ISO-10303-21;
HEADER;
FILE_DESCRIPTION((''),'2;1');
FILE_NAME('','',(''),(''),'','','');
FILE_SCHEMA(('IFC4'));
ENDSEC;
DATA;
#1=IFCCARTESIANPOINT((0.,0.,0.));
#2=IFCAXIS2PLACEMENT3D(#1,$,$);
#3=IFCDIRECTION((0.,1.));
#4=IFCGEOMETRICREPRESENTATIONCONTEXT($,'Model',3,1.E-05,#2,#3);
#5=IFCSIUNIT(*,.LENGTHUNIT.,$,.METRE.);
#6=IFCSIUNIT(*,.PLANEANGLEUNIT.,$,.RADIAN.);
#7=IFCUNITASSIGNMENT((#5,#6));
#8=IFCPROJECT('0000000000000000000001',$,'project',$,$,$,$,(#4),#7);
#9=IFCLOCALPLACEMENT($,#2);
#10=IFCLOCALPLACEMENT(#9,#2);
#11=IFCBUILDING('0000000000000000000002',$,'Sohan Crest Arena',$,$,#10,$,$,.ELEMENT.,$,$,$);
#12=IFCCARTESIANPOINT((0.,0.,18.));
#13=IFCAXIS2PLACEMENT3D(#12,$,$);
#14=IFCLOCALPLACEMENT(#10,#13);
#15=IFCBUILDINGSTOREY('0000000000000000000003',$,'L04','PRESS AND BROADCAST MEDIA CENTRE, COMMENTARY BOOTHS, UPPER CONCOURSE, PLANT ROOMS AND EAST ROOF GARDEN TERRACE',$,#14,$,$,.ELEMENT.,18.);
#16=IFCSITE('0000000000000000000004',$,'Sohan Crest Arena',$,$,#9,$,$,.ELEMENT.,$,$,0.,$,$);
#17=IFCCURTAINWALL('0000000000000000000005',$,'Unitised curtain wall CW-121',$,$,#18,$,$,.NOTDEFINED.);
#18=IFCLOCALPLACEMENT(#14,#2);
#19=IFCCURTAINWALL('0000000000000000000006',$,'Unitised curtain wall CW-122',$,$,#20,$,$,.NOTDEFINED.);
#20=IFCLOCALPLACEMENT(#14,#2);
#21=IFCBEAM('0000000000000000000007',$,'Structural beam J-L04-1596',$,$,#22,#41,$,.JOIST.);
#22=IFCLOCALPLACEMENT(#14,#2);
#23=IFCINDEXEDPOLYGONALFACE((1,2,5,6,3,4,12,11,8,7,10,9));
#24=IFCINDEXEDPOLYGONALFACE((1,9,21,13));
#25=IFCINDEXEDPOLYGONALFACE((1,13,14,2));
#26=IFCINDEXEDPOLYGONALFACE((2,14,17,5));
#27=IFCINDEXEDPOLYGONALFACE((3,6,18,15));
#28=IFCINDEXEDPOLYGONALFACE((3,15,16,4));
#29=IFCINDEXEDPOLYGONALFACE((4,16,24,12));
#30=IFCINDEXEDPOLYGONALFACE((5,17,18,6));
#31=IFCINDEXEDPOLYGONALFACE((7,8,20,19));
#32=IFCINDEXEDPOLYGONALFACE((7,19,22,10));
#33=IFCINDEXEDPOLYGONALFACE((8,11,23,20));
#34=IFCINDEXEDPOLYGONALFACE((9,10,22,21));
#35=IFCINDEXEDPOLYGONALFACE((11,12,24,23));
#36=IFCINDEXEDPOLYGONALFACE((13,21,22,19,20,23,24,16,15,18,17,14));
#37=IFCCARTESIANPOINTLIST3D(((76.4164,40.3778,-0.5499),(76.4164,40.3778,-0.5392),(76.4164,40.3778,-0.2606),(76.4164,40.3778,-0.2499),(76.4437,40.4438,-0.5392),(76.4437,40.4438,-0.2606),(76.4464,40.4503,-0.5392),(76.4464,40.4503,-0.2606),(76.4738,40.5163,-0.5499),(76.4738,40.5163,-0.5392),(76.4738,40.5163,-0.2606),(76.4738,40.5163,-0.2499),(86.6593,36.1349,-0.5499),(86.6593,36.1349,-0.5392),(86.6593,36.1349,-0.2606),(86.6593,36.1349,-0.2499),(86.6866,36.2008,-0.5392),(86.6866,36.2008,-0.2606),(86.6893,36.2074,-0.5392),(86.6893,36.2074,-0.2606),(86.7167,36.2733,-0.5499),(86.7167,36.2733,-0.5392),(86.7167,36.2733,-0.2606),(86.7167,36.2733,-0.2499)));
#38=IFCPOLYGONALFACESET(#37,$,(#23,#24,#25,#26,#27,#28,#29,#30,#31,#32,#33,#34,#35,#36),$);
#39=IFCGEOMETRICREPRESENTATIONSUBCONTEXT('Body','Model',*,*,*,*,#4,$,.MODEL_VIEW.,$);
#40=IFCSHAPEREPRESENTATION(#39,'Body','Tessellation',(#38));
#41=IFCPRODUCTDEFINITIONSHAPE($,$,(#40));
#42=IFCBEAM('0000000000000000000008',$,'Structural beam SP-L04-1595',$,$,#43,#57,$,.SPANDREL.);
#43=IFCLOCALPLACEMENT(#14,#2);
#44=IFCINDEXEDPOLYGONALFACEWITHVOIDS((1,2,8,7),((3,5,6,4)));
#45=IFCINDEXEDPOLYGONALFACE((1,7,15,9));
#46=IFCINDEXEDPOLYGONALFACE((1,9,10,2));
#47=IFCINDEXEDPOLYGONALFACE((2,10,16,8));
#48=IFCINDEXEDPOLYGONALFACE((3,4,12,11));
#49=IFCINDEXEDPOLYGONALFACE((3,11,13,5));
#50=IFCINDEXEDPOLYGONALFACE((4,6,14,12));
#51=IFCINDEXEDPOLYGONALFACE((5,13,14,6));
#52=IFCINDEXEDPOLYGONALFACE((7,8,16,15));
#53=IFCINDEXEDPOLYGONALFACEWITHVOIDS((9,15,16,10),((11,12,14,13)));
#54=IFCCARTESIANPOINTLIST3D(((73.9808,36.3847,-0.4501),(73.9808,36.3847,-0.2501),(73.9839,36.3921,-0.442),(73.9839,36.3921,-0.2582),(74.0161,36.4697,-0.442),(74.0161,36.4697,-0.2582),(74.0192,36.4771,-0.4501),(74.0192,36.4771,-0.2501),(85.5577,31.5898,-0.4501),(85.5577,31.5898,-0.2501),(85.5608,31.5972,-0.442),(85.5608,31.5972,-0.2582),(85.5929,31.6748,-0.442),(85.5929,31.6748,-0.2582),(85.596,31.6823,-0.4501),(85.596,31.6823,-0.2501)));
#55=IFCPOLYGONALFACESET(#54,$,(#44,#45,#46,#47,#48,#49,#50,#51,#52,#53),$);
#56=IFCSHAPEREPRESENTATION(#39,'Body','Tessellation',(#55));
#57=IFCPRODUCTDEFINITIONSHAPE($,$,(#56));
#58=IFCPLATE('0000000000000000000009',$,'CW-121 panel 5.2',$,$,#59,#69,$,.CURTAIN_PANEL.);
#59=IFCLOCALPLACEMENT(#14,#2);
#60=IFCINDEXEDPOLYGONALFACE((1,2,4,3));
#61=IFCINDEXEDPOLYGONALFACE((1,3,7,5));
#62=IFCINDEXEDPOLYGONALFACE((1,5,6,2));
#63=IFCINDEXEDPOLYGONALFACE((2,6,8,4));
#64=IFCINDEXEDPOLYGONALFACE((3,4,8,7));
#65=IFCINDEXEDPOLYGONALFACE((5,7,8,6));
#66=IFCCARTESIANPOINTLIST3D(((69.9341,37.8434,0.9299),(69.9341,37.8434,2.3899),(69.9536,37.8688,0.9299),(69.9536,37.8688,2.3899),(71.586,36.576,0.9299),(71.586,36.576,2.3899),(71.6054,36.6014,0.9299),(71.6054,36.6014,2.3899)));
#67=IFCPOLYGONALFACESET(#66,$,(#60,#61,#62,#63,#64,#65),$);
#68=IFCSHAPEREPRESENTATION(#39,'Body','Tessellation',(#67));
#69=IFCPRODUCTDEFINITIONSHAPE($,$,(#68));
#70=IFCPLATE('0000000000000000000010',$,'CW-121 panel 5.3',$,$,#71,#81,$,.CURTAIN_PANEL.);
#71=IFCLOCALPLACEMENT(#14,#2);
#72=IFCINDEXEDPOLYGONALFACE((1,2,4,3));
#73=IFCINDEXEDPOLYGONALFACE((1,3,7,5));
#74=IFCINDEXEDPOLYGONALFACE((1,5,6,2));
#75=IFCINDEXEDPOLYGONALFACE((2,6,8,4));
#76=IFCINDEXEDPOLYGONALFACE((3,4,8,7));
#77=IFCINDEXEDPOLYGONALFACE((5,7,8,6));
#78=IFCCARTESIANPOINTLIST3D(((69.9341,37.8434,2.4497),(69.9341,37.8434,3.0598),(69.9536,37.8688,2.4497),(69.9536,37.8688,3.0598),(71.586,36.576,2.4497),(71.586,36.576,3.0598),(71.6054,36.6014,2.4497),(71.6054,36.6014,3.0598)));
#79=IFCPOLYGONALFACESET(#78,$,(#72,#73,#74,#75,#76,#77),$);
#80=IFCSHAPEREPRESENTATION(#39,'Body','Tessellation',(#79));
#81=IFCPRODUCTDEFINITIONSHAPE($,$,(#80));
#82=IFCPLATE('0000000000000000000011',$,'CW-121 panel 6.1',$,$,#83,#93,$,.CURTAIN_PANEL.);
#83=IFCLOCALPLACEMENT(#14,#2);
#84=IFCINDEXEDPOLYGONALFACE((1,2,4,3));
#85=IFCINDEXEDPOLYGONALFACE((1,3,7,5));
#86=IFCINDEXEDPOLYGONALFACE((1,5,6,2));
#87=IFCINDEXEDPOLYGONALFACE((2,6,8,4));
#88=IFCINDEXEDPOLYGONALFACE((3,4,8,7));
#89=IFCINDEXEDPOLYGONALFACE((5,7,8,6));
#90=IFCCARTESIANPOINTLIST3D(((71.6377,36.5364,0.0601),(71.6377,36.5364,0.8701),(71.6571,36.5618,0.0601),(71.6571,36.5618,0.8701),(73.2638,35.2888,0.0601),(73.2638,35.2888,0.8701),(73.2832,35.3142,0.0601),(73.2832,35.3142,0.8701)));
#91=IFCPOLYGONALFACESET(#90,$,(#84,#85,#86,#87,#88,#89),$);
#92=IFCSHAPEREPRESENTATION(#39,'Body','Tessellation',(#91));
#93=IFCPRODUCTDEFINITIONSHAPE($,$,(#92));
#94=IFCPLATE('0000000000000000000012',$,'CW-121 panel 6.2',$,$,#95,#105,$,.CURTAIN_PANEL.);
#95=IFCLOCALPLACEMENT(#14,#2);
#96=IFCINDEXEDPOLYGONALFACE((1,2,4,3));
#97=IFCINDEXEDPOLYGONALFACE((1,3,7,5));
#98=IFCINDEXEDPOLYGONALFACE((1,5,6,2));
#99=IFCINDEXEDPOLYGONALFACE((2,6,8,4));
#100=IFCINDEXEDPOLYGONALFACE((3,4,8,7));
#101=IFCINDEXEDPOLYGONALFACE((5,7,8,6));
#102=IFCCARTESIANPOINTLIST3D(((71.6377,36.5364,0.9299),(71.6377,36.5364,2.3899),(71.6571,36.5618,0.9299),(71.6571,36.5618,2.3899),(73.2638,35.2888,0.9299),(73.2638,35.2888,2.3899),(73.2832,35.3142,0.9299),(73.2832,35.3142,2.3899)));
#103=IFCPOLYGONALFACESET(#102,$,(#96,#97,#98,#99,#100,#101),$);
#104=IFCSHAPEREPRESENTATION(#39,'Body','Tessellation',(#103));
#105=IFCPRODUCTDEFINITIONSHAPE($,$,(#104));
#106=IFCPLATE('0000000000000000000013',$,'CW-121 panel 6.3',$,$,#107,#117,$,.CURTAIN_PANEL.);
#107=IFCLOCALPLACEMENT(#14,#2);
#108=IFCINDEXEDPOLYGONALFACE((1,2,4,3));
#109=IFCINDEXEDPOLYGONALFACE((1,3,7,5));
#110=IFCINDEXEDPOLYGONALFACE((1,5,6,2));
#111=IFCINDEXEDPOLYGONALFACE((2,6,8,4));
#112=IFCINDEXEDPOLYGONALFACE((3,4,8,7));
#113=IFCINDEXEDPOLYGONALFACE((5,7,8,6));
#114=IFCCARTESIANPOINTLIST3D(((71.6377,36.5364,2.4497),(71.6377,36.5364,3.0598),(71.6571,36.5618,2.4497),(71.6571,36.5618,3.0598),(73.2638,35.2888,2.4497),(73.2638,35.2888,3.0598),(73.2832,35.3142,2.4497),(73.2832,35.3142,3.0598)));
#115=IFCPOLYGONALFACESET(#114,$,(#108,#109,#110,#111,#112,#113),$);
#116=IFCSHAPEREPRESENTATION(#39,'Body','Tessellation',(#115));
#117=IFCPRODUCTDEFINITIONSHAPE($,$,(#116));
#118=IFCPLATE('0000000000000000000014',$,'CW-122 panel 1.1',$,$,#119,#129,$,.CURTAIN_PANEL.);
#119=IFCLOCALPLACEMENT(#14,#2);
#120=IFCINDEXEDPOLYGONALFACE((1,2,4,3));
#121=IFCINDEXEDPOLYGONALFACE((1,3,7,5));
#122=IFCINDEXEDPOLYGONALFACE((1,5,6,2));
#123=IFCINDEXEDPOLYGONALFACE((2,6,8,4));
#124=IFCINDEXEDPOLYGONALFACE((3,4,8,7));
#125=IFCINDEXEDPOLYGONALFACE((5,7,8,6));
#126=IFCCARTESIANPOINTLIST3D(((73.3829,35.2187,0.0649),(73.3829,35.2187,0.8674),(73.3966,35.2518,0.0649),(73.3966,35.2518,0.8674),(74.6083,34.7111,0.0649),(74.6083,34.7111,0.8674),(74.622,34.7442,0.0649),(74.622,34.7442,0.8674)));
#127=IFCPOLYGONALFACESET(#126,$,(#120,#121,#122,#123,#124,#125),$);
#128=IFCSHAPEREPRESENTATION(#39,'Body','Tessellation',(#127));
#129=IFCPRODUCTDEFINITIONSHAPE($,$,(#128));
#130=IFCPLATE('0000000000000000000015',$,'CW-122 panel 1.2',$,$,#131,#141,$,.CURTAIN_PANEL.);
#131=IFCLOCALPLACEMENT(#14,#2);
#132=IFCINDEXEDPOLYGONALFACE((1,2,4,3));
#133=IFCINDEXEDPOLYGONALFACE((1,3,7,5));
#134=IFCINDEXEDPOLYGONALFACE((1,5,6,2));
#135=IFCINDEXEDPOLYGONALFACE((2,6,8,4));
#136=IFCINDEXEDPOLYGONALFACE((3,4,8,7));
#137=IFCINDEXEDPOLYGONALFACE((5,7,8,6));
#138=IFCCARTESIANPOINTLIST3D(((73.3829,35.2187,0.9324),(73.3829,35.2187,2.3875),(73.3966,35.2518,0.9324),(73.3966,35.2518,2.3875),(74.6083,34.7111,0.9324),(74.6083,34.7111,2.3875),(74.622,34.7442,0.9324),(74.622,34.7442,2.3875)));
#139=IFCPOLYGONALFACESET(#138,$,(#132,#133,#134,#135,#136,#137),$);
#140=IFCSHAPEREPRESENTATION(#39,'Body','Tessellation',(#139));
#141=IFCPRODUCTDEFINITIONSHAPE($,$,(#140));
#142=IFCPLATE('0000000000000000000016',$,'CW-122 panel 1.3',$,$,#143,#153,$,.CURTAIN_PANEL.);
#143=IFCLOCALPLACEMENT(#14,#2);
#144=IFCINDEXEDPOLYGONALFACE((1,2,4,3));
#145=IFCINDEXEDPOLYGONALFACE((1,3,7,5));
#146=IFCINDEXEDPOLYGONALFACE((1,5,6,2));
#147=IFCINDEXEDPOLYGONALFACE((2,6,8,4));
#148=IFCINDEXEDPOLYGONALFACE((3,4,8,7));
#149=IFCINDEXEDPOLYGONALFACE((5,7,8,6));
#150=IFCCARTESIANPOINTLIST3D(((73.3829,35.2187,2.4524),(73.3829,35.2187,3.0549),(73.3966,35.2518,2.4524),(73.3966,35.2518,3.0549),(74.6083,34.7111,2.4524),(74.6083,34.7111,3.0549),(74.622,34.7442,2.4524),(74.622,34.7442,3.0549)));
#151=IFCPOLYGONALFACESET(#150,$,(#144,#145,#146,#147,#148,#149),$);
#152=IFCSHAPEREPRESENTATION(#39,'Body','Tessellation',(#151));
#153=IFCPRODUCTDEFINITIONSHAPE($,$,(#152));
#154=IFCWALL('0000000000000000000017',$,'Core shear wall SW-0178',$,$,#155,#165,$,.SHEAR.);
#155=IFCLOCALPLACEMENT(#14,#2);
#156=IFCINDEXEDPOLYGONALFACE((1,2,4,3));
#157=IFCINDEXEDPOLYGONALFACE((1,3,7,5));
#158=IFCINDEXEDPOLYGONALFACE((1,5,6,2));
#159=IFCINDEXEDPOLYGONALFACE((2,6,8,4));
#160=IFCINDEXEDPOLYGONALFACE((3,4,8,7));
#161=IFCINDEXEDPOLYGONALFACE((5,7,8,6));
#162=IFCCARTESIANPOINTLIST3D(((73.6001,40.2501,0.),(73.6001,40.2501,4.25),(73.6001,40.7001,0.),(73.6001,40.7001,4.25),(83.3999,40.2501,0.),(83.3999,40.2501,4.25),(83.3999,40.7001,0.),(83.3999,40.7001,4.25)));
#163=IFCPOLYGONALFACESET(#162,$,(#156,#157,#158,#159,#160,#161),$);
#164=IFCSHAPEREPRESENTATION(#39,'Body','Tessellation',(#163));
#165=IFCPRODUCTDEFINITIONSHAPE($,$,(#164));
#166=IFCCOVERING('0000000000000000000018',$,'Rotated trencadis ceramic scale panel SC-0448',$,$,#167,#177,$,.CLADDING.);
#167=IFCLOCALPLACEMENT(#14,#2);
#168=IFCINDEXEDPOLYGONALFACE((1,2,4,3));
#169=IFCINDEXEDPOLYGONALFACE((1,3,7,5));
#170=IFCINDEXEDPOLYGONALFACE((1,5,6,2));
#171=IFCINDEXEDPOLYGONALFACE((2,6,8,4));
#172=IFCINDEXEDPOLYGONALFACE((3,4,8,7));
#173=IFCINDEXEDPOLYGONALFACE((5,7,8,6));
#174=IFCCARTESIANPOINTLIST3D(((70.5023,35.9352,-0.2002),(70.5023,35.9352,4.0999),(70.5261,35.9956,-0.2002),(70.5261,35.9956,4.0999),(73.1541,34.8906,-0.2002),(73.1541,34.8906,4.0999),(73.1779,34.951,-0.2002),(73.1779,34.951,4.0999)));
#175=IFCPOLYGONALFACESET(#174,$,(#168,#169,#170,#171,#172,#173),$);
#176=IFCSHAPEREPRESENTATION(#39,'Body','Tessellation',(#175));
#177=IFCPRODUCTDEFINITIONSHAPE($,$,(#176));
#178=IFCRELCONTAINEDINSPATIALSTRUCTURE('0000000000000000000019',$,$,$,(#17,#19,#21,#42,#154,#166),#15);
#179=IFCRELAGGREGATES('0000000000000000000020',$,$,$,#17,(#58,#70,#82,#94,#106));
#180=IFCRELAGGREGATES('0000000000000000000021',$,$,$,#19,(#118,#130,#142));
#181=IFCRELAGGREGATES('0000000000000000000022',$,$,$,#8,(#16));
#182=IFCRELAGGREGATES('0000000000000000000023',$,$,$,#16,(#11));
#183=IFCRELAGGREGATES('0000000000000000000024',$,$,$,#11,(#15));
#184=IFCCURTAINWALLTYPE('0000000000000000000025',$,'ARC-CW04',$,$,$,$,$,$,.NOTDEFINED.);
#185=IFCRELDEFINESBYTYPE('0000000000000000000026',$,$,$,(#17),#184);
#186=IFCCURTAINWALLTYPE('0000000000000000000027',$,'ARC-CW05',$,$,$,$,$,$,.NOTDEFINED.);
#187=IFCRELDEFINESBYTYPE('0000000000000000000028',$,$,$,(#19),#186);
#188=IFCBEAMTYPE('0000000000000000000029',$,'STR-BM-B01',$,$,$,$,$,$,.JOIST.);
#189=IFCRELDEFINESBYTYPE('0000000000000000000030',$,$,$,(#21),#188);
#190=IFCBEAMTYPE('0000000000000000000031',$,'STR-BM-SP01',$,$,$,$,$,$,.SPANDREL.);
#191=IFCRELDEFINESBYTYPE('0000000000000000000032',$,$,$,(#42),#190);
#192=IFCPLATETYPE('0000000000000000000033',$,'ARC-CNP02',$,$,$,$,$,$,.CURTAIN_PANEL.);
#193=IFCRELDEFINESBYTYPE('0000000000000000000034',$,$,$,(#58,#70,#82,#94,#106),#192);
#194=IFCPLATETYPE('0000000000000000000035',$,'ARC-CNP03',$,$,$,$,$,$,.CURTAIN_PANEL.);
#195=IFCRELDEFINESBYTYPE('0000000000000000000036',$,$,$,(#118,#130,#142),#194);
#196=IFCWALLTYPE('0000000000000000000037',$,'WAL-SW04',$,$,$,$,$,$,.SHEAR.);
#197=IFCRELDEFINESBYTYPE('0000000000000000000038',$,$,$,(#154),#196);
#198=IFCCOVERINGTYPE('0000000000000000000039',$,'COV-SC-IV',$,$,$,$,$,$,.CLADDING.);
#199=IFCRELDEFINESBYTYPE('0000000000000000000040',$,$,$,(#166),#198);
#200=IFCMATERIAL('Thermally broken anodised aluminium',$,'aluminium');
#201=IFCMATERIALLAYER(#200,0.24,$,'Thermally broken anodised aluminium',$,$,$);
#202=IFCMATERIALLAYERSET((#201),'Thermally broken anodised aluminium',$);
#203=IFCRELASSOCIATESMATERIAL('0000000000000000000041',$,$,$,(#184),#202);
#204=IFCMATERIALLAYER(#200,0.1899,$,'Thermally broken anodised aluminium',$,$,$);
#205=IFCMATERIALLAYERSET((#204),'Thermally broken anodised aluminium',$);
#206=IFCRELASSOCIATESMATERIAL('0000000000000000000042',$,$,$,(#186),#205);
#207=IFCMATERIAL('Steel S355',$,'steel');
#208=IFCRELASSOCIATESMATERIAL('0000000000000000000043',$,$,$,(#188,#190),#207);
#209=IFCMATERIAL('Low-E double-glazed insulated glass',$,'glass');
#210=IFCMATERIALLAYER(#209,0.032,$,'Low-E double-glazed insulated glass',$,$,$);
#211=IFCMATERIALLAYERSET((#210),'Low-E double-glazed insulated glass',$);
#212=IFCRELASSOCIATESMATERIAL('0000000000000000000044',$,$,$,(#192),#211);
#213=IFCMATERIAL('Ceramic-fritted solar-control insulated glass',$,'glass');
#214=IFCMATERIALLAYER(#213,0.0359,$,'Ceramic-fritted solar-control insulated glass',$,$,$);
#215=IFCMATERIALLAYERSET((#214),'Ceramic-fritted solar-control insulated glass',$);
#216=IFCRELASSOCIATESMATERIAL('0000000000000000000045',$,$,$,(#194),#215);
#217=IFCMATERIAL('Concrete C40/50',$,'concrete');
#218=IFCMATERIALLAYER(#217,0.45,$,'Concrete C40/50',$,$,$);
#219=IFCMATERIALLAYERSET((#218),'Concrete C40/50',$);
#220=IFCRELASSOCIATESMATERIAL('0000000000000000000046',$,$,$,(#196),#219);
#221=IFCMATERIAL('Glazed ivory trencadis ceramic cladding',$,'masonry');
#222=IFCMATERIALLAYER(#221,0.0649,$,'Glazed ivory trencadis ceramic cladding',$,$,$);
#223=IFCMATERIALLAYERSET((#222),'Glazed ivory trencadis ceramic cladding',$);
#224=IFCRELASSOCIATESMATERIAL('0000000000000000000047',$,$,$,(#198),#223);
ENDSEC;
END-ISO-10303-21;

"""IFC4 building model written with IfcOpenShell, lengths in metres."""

from ifc_helpers import new_model, si_unit, direction, frame, frame_2d, origin, origin_2d, place, context, subcontext, project, spatial, rectangle, hollow_rectangle, i_section, extrude, material, layer, layer_set, material_profile, profile_set, type_object, element, aggregate, save


model = new_model("IFC4")

# Units and contexts
model_context = context("Model", 3, precision=1e-05, world=origin(), true_north=direction((0.0, 1.0)))
body_context = subcontext(model_context, "Body", "Model", "MODEL_VIEW")
ifc_project = project(units=[si_unit("LENGTHUNIT", "METRE"), si_unit("PLANEANGLEUNIT", "RADIAN")], contexts=[model_context])

# Site, building, storey
site_placement = place(None, origin())
site = spatial("IfcSite", under=ifc_project, at=site_placement, Name="Sohan Crest Arena", CompositionType="ELEMENT", RefElevation=0.0)
building_placement = place(site_placement, origin())
building = spatial("IfcBuilding", under=site, at=building_placement, Name="Sohan Crest Arena", CompositionType="ELEMENT")
storey_placement = place(building_placement, frame((0.0, 0.0, 18.0)))
storey = spatial("IfcBuildingStorey", under=building, at=storey_placement, Name="L04", Description="PRESS AND BROADCAST MEDIA CENTRE, COMMENTARY BOOTHS, UPPER CONCOURSE, PLANT ROOMS AND EAST ROOF GARDEN TERRACE", CompositionType="ELEMENT", Elevation=18.0)

# Shared definitions
ifc_material_1 = material(Name="Steel S355", Category="steel")

# Curtain walls
ifc_material_2 = material(Name="Thermally broken anodised aluminium", Category="aluminium")
ifc_layer_1 = layer(ifc_material_2, 0.24, Name="Thermally broken anodised aluminium")
ifc_layer_set_1 = layer_set([ifc_layer_1], Name="Thermally broken anodised aluminium")
curtain_wall_type_1 = type_object("IfcCurtainWallType", Name="ARC-CW04", PredefinedType="NOTDEFINED", material=ifc_layer_set_1)
curtain_wall_1_placement = place(storey_placement, origin())
curtain_wall_1 = element("IfcCurtainWall", 1, at=curtain_wall_1_placement, inside=storey, type_object=curtain_wall_type_1, Name="Unitised curtain wall CW-121", PredefinedType="NOTDEFINED")
ifc_layer_2 = layer(ifc_material_2, 0.1899, Name="Thermally broken anodised aluminium")
ifc_layer_set_2 = layer_set([ifc_layer_2], Name="Thermally broken anodised aluminium")
curtain_wall_type_2 = type_object("IfcCurtainWallType", Name="ARC-CW05", PredefinedType="NOTDEFINED", material=ifc_layer_set_2)
curtain_wall_2_placement = place(storey_placement, origin())
curtain_wall_2 = element("IfcCurtainWall", 2, at=curtain_wall_2_placement, inside=storey, type_object=curtain_wall_type_2, Name="Unitised curtain wall CW-122", PredefinedType="NOTDEFINED")

# Beams
ifc_material_profile_1 = material_profile(ifc_material_1, i_section(OverallWidth=0.1499, OverallDepth=0.3, WebThickness=0.0071, FlangeThickness=0.0107, at=origin_2d()), Name="IPE 300")
ifc_profile_set_1 = profile_set([ifc_material_profile_1], Name="Steel S355")
beam_type_1 = type_object("IfcBeamType", Name="STR-BM-B01", PredefinedType="JOIST", material=ifc_profile_set_1)
beam_1_placement = place(storey_placement, frame((76.4451, 40.447, -0.3999), z_axis=(0.923874, -0.382696, 0.0), x_axis=(0.382696, 0.923874, 0.0)))
element("IfcBeam", 3, at=beam_1_placement, inside=storey, type_object=beam_type_1, Name="Structural beam J-L04-1596", PredefinedType="JOIST", context=body_context, shape_type="SweptSolid", body=[
    extrude(i_section(OverallWidth=0.1499, OverallDepth=0.3, WebThickness=0.0071, FlangeThickness=0.0107, at=origin_2d()), origin(), (0.0, 0.0, 1.0), 11.0869),
])
ifc_material_profile_2 = material_profile(ifc_material_1, hollow_rectangle(XDim=0.1001, YDim=0.2, WallThickness=0.0081, at=origin_2d()), Name="RHS 200x100x8")
ifc_profile_set_2 = profile_set([ifc_material_profile_2], Name="Steel S355")
beam_type_2 = type_object("IfcBeamType", Name="STR-BM-SP01", PredefinedType="SPANDREL", material=ifc_profile_set_2)
beam_2_placement = place(storey_placement, frame((74.0, 36.4309, -0.3501), z_axis=(0.923891, -0.382657, 0.0), x_axis=(0.382657, 0.923891, 0.0)))
element("IfcBeam", 4, at=beam_2_placement, inside=storey, type_object=beam_type_2, Name="Structural beam SP-L04-1595", PredefinedType="SPANDREL", context=body_context, shape_type="SweptSolid", body=[
    extrude(hollow_rectangle(XDim=0.1001, YDim=0.2, WallThickness=0.0081, at=origin_2d()), origin(), (0.0, 0.0, 1.0), 12.5305),
])

# Plates
ifc_material_3 = material(Name="Low-E double-glazed insulated glass", Category="glass")
ifc_layer_3 = layer(ifc_material_3, 0.032, Name="Low-E double-glazed insulated glass")
ifc_layer_set_3 = layer_set([ifc_layer_3], Name="Low-E double-glazed insulated glass")
plate_type_1 = type_object("IfcPlateType", Name="ARC-CNP02", PredefinedType="CURTAIN_PANEL", material=ifc_layer_set_3)
plate_1_placement = place(storey_placement, frame((70.7698, 37.2224, 0.9299), z_axis=(0.0, 0.0, 1.0), x_axis=(0.793385, -0.60872, 0.0)))
plate_1 = element("IfcPlate", 5, at=plate_1_placement, type_object=plate_type_1, Name="CW-121 panel 5.2", PredefinedType="CURTAIN_PANEL", context=body_context, shape_type="SweptSolid", body=[
    extrude(rectangle(XDim=2.082, YDim=0.032, at=origin_2d()), origin(), (0.0, 0.0, 1.0), 1.46),
])
plate_2_placement = place(storey_placement, frame((70.7698, 37.2224, 2.4497), z_axis=(0.0, 0.0, 1.0), x_axis=(0.793385, -0.60872, 0.0)))
plate_2 = element("IfcPlate", 6, at=plate_2_placement, type_object=plate_type_1, Name="CW-121 panel 5.3", PredefinedType="CURTAIN_PANEL", context=body_context, shape_type="SweptSolid", body=[
    extrude(rectangle(XDim=2.082, YDim=0.032, at=origin_2d()), origin(), (0.0, 0.0, 1.0), 0.6101),
])
plate_3_placement = place(storey_placement, frame((72.4604, 35.9253, 0.0601), z_axis=(0.0, 0.0, 1.0), x_axis=(0.793385, -0.60872, 0.0)))
plate_3 = element("IfcPlate", 7, at=plate_3_placement, type_object=plate_type_1, Name="CW-121 panel 6.1", PredefinedType="CURTAIN_PANEL", context=body_context, shape_type="SweptSolid", body=[
    extrude(rectangle(XDim=2.0496, YDim=0.032, at=origin_2d()), origin(), (0.0, 0.0, 1.0), 0.8101),
])
plate_4_placement = place(storey_placement, frame((72.4604, 35.9253, 0.9299), z_axis=(0.0, 0.0, 1.0), x_axis=(0.793385, -0.60872, 0.0)))
plate_4 = element("IfcPlate", 8, at=plate_4_placement, type_object=plate_type_1, Name="CW-121 panel 6.2", PredefinedType="CURTAIN_PANEL", context=body_context, shape_type="SweptSolid", body=[
    extrude(rectangle(XDim=2.0496, YDim=0.032, at=origin_2d()), origin(), (0.0, 0.0, 1.0), 1.46),
])
plate_5_placement = place(storey_placement, frame((72.4604, 35.9253, 2.4497), z_axis=(0.0, 0.0, 1.0), x_axis=(0.793385, -0.60872, 0.0)))
plate_5 = element("IfcPlate", 9, at=plate_5_placement, type_object=plate_type_1, Name="CW-121 panel 6.3", PredefinedType="CURTAIN_PANEL", context=body_context, shape_type="SweptSolid", body=[
    extrude(rectangle(XDim=2.0496, YDim=0.032, at=origin_2d()), origin(), (0.0, 0.0, 1.0), 0.6101),
])
aggregate(curtain_wall_1, [plate_1, plate_2, plate_3, plate_4, plate_5])
ifc_material_4 = material(Name="Ceramic-fritted solar-control insulated glass", Category="glass")
ifc_layer_4 = layer(ifc_material_4, 0.0359, Name="Ceramic-fritted solar-control insulated glass")
ifc_layer_set_4 = layer_set([ifc_layer_4], Name="Ceramic-fritted solar-control insulated glass")
plate_type_2 = type_object("IfcPlateType", Name="ARC-CNP03", PredefinedType="CURTAIN_PANEL", material=ifc_layer_set_4)
plate_6_placement = place(storey_placement, frame((74.0024, 34.9814, 0.0649), z_axis=(0.0, 0.0, 1.0), x_axis=(0.923879, -0.382685, 0.0)))
plate_6 = element("IfcPlate", 10, at=plate_6_placement, type_object=plate_type_2, Name="CW-122 panel 1.1", PredefinedType="CURTAIN_PANEL", context=body_context, shape_type="SweptSolid", body=[
    extrude(rectangle(XDim=1.3264, YDim=0.0359, at=origin_2d()), origin(), (0.0, 0.0, 1.0), 0.8025),
])
plate_7_placement = place(storey_placement, frame((74.0024, 34.9814, 0.9324), z_axis=(0.0, 0.0, 1.0), x_axis=(0.923879, -0.382685, 0.0)))
plate_7 = element("IfcPlate", 11, at=plate_7_placement, type_object=plate_type_2, Name="CW-122 panel 1.2", PredefinedType="CURTAIN_PANEL", context=body_context, shape_type="SweptSolid", body=[
    extrude(rectangle(XDim=1.3264, YDim=0.0359, at=origin_2d()), origin(), (0.0, 0.0, 1.0), 1.4551),
])
plate_8_placement = place(storey_placement, frame((74.0024, 34.9814, 2.4524), z_axis=(0.0, 0.0, 1.0), x_axis=(0.923879, -0.382685, 0.0)))
plate_8 = element("IfcPlate", 12, at=plate_8_placement, type_object=plate_type_2, Name="CW-122 panel 1.3", PredefinedType="CURTAIN_PANEL", context=body_context, shape_type="SweptSolid", body=[
    extrude(rectangle(XDim=1.3264, YDim=0.0359, at=origin_2d()), origin(), (0.0, 0.0, 1.0), 0.6025),
])
aggregate(curtain_wall_2, [plate_6, plate_7, plate_8])

# Wall
ifc_material_5 = material(Name="Concrete C40/50", Category="concrete")
ifc_layer_5 = layer(ifc_material_5, 0.45, Name="Concrete C40/50")
ifc_layer_set_5 = layer_set([ifc_layer_5], Name="Concrete C40/50")
wall_type = type_object("IfcWallType", Name="WAL-SW04", PredefinedType="SHEAR", material=ifc_layer_set_5)
wall_placement = place(storey_placement, frame((73.6001, 40.4751, 0.0), z_axis=(0.0, 0.0, 1.0), x_axis=(1.0, 0.0, 0.0)))
element("IfcWall", 13, at=wall_placement, inside=storey, type_object=wall_type, Name="Core shear wall SW-0178", PredefinedType="SHEAR", context=body_context, shape_type="SweptSolid", body=[
    extrude(rectangle(XDim=9.7998, YDim=0.45, at=frame_2d((4.8999, 0.0))), origin(), (0.0, 0.0, 1.0), 4.25),
])

# Covering
ifc_material_6 = material(Name="Glazed ivory trencadis ceramic cladding", Category="masonry")
ifc_layer_6 = layer(ifc_material_6, 0.0649, Name="Glazed ivory trencadis ceramic cladding")
ifc_layer_set_6 = layer_set([ifc_layer_6], Name="Glazed ivory trencadis ceramic cladding")
covering_type = type_object("IfcCoveringType", Name="COV-SC-IV", PredefinedType="CLADDING", material=ifc_layer_set_6)
covering_placement = place(storey_placement, frame((71.8401, 35.4431, -0.2002), z_axis=(0.0, 0.0, 1.0), x_axis=(0.930418, -0.366501, 0.0)))
element("IfcCovering", 14, at=covering_placement, inside=storey, type_object=covering_type, Name="Rotated trencadis ceramic scale panel SC-0448", PredefinedType="CLADDING", context=body_context, shape_type="SweptSolid", body=[
    extrude(rectangle(XDim=2.8501, YDim=0.0649, at=origin_2d()), origin(), (0.0, 0.0, 1.0), 4.3),
])

save(model, "model.ifc")
